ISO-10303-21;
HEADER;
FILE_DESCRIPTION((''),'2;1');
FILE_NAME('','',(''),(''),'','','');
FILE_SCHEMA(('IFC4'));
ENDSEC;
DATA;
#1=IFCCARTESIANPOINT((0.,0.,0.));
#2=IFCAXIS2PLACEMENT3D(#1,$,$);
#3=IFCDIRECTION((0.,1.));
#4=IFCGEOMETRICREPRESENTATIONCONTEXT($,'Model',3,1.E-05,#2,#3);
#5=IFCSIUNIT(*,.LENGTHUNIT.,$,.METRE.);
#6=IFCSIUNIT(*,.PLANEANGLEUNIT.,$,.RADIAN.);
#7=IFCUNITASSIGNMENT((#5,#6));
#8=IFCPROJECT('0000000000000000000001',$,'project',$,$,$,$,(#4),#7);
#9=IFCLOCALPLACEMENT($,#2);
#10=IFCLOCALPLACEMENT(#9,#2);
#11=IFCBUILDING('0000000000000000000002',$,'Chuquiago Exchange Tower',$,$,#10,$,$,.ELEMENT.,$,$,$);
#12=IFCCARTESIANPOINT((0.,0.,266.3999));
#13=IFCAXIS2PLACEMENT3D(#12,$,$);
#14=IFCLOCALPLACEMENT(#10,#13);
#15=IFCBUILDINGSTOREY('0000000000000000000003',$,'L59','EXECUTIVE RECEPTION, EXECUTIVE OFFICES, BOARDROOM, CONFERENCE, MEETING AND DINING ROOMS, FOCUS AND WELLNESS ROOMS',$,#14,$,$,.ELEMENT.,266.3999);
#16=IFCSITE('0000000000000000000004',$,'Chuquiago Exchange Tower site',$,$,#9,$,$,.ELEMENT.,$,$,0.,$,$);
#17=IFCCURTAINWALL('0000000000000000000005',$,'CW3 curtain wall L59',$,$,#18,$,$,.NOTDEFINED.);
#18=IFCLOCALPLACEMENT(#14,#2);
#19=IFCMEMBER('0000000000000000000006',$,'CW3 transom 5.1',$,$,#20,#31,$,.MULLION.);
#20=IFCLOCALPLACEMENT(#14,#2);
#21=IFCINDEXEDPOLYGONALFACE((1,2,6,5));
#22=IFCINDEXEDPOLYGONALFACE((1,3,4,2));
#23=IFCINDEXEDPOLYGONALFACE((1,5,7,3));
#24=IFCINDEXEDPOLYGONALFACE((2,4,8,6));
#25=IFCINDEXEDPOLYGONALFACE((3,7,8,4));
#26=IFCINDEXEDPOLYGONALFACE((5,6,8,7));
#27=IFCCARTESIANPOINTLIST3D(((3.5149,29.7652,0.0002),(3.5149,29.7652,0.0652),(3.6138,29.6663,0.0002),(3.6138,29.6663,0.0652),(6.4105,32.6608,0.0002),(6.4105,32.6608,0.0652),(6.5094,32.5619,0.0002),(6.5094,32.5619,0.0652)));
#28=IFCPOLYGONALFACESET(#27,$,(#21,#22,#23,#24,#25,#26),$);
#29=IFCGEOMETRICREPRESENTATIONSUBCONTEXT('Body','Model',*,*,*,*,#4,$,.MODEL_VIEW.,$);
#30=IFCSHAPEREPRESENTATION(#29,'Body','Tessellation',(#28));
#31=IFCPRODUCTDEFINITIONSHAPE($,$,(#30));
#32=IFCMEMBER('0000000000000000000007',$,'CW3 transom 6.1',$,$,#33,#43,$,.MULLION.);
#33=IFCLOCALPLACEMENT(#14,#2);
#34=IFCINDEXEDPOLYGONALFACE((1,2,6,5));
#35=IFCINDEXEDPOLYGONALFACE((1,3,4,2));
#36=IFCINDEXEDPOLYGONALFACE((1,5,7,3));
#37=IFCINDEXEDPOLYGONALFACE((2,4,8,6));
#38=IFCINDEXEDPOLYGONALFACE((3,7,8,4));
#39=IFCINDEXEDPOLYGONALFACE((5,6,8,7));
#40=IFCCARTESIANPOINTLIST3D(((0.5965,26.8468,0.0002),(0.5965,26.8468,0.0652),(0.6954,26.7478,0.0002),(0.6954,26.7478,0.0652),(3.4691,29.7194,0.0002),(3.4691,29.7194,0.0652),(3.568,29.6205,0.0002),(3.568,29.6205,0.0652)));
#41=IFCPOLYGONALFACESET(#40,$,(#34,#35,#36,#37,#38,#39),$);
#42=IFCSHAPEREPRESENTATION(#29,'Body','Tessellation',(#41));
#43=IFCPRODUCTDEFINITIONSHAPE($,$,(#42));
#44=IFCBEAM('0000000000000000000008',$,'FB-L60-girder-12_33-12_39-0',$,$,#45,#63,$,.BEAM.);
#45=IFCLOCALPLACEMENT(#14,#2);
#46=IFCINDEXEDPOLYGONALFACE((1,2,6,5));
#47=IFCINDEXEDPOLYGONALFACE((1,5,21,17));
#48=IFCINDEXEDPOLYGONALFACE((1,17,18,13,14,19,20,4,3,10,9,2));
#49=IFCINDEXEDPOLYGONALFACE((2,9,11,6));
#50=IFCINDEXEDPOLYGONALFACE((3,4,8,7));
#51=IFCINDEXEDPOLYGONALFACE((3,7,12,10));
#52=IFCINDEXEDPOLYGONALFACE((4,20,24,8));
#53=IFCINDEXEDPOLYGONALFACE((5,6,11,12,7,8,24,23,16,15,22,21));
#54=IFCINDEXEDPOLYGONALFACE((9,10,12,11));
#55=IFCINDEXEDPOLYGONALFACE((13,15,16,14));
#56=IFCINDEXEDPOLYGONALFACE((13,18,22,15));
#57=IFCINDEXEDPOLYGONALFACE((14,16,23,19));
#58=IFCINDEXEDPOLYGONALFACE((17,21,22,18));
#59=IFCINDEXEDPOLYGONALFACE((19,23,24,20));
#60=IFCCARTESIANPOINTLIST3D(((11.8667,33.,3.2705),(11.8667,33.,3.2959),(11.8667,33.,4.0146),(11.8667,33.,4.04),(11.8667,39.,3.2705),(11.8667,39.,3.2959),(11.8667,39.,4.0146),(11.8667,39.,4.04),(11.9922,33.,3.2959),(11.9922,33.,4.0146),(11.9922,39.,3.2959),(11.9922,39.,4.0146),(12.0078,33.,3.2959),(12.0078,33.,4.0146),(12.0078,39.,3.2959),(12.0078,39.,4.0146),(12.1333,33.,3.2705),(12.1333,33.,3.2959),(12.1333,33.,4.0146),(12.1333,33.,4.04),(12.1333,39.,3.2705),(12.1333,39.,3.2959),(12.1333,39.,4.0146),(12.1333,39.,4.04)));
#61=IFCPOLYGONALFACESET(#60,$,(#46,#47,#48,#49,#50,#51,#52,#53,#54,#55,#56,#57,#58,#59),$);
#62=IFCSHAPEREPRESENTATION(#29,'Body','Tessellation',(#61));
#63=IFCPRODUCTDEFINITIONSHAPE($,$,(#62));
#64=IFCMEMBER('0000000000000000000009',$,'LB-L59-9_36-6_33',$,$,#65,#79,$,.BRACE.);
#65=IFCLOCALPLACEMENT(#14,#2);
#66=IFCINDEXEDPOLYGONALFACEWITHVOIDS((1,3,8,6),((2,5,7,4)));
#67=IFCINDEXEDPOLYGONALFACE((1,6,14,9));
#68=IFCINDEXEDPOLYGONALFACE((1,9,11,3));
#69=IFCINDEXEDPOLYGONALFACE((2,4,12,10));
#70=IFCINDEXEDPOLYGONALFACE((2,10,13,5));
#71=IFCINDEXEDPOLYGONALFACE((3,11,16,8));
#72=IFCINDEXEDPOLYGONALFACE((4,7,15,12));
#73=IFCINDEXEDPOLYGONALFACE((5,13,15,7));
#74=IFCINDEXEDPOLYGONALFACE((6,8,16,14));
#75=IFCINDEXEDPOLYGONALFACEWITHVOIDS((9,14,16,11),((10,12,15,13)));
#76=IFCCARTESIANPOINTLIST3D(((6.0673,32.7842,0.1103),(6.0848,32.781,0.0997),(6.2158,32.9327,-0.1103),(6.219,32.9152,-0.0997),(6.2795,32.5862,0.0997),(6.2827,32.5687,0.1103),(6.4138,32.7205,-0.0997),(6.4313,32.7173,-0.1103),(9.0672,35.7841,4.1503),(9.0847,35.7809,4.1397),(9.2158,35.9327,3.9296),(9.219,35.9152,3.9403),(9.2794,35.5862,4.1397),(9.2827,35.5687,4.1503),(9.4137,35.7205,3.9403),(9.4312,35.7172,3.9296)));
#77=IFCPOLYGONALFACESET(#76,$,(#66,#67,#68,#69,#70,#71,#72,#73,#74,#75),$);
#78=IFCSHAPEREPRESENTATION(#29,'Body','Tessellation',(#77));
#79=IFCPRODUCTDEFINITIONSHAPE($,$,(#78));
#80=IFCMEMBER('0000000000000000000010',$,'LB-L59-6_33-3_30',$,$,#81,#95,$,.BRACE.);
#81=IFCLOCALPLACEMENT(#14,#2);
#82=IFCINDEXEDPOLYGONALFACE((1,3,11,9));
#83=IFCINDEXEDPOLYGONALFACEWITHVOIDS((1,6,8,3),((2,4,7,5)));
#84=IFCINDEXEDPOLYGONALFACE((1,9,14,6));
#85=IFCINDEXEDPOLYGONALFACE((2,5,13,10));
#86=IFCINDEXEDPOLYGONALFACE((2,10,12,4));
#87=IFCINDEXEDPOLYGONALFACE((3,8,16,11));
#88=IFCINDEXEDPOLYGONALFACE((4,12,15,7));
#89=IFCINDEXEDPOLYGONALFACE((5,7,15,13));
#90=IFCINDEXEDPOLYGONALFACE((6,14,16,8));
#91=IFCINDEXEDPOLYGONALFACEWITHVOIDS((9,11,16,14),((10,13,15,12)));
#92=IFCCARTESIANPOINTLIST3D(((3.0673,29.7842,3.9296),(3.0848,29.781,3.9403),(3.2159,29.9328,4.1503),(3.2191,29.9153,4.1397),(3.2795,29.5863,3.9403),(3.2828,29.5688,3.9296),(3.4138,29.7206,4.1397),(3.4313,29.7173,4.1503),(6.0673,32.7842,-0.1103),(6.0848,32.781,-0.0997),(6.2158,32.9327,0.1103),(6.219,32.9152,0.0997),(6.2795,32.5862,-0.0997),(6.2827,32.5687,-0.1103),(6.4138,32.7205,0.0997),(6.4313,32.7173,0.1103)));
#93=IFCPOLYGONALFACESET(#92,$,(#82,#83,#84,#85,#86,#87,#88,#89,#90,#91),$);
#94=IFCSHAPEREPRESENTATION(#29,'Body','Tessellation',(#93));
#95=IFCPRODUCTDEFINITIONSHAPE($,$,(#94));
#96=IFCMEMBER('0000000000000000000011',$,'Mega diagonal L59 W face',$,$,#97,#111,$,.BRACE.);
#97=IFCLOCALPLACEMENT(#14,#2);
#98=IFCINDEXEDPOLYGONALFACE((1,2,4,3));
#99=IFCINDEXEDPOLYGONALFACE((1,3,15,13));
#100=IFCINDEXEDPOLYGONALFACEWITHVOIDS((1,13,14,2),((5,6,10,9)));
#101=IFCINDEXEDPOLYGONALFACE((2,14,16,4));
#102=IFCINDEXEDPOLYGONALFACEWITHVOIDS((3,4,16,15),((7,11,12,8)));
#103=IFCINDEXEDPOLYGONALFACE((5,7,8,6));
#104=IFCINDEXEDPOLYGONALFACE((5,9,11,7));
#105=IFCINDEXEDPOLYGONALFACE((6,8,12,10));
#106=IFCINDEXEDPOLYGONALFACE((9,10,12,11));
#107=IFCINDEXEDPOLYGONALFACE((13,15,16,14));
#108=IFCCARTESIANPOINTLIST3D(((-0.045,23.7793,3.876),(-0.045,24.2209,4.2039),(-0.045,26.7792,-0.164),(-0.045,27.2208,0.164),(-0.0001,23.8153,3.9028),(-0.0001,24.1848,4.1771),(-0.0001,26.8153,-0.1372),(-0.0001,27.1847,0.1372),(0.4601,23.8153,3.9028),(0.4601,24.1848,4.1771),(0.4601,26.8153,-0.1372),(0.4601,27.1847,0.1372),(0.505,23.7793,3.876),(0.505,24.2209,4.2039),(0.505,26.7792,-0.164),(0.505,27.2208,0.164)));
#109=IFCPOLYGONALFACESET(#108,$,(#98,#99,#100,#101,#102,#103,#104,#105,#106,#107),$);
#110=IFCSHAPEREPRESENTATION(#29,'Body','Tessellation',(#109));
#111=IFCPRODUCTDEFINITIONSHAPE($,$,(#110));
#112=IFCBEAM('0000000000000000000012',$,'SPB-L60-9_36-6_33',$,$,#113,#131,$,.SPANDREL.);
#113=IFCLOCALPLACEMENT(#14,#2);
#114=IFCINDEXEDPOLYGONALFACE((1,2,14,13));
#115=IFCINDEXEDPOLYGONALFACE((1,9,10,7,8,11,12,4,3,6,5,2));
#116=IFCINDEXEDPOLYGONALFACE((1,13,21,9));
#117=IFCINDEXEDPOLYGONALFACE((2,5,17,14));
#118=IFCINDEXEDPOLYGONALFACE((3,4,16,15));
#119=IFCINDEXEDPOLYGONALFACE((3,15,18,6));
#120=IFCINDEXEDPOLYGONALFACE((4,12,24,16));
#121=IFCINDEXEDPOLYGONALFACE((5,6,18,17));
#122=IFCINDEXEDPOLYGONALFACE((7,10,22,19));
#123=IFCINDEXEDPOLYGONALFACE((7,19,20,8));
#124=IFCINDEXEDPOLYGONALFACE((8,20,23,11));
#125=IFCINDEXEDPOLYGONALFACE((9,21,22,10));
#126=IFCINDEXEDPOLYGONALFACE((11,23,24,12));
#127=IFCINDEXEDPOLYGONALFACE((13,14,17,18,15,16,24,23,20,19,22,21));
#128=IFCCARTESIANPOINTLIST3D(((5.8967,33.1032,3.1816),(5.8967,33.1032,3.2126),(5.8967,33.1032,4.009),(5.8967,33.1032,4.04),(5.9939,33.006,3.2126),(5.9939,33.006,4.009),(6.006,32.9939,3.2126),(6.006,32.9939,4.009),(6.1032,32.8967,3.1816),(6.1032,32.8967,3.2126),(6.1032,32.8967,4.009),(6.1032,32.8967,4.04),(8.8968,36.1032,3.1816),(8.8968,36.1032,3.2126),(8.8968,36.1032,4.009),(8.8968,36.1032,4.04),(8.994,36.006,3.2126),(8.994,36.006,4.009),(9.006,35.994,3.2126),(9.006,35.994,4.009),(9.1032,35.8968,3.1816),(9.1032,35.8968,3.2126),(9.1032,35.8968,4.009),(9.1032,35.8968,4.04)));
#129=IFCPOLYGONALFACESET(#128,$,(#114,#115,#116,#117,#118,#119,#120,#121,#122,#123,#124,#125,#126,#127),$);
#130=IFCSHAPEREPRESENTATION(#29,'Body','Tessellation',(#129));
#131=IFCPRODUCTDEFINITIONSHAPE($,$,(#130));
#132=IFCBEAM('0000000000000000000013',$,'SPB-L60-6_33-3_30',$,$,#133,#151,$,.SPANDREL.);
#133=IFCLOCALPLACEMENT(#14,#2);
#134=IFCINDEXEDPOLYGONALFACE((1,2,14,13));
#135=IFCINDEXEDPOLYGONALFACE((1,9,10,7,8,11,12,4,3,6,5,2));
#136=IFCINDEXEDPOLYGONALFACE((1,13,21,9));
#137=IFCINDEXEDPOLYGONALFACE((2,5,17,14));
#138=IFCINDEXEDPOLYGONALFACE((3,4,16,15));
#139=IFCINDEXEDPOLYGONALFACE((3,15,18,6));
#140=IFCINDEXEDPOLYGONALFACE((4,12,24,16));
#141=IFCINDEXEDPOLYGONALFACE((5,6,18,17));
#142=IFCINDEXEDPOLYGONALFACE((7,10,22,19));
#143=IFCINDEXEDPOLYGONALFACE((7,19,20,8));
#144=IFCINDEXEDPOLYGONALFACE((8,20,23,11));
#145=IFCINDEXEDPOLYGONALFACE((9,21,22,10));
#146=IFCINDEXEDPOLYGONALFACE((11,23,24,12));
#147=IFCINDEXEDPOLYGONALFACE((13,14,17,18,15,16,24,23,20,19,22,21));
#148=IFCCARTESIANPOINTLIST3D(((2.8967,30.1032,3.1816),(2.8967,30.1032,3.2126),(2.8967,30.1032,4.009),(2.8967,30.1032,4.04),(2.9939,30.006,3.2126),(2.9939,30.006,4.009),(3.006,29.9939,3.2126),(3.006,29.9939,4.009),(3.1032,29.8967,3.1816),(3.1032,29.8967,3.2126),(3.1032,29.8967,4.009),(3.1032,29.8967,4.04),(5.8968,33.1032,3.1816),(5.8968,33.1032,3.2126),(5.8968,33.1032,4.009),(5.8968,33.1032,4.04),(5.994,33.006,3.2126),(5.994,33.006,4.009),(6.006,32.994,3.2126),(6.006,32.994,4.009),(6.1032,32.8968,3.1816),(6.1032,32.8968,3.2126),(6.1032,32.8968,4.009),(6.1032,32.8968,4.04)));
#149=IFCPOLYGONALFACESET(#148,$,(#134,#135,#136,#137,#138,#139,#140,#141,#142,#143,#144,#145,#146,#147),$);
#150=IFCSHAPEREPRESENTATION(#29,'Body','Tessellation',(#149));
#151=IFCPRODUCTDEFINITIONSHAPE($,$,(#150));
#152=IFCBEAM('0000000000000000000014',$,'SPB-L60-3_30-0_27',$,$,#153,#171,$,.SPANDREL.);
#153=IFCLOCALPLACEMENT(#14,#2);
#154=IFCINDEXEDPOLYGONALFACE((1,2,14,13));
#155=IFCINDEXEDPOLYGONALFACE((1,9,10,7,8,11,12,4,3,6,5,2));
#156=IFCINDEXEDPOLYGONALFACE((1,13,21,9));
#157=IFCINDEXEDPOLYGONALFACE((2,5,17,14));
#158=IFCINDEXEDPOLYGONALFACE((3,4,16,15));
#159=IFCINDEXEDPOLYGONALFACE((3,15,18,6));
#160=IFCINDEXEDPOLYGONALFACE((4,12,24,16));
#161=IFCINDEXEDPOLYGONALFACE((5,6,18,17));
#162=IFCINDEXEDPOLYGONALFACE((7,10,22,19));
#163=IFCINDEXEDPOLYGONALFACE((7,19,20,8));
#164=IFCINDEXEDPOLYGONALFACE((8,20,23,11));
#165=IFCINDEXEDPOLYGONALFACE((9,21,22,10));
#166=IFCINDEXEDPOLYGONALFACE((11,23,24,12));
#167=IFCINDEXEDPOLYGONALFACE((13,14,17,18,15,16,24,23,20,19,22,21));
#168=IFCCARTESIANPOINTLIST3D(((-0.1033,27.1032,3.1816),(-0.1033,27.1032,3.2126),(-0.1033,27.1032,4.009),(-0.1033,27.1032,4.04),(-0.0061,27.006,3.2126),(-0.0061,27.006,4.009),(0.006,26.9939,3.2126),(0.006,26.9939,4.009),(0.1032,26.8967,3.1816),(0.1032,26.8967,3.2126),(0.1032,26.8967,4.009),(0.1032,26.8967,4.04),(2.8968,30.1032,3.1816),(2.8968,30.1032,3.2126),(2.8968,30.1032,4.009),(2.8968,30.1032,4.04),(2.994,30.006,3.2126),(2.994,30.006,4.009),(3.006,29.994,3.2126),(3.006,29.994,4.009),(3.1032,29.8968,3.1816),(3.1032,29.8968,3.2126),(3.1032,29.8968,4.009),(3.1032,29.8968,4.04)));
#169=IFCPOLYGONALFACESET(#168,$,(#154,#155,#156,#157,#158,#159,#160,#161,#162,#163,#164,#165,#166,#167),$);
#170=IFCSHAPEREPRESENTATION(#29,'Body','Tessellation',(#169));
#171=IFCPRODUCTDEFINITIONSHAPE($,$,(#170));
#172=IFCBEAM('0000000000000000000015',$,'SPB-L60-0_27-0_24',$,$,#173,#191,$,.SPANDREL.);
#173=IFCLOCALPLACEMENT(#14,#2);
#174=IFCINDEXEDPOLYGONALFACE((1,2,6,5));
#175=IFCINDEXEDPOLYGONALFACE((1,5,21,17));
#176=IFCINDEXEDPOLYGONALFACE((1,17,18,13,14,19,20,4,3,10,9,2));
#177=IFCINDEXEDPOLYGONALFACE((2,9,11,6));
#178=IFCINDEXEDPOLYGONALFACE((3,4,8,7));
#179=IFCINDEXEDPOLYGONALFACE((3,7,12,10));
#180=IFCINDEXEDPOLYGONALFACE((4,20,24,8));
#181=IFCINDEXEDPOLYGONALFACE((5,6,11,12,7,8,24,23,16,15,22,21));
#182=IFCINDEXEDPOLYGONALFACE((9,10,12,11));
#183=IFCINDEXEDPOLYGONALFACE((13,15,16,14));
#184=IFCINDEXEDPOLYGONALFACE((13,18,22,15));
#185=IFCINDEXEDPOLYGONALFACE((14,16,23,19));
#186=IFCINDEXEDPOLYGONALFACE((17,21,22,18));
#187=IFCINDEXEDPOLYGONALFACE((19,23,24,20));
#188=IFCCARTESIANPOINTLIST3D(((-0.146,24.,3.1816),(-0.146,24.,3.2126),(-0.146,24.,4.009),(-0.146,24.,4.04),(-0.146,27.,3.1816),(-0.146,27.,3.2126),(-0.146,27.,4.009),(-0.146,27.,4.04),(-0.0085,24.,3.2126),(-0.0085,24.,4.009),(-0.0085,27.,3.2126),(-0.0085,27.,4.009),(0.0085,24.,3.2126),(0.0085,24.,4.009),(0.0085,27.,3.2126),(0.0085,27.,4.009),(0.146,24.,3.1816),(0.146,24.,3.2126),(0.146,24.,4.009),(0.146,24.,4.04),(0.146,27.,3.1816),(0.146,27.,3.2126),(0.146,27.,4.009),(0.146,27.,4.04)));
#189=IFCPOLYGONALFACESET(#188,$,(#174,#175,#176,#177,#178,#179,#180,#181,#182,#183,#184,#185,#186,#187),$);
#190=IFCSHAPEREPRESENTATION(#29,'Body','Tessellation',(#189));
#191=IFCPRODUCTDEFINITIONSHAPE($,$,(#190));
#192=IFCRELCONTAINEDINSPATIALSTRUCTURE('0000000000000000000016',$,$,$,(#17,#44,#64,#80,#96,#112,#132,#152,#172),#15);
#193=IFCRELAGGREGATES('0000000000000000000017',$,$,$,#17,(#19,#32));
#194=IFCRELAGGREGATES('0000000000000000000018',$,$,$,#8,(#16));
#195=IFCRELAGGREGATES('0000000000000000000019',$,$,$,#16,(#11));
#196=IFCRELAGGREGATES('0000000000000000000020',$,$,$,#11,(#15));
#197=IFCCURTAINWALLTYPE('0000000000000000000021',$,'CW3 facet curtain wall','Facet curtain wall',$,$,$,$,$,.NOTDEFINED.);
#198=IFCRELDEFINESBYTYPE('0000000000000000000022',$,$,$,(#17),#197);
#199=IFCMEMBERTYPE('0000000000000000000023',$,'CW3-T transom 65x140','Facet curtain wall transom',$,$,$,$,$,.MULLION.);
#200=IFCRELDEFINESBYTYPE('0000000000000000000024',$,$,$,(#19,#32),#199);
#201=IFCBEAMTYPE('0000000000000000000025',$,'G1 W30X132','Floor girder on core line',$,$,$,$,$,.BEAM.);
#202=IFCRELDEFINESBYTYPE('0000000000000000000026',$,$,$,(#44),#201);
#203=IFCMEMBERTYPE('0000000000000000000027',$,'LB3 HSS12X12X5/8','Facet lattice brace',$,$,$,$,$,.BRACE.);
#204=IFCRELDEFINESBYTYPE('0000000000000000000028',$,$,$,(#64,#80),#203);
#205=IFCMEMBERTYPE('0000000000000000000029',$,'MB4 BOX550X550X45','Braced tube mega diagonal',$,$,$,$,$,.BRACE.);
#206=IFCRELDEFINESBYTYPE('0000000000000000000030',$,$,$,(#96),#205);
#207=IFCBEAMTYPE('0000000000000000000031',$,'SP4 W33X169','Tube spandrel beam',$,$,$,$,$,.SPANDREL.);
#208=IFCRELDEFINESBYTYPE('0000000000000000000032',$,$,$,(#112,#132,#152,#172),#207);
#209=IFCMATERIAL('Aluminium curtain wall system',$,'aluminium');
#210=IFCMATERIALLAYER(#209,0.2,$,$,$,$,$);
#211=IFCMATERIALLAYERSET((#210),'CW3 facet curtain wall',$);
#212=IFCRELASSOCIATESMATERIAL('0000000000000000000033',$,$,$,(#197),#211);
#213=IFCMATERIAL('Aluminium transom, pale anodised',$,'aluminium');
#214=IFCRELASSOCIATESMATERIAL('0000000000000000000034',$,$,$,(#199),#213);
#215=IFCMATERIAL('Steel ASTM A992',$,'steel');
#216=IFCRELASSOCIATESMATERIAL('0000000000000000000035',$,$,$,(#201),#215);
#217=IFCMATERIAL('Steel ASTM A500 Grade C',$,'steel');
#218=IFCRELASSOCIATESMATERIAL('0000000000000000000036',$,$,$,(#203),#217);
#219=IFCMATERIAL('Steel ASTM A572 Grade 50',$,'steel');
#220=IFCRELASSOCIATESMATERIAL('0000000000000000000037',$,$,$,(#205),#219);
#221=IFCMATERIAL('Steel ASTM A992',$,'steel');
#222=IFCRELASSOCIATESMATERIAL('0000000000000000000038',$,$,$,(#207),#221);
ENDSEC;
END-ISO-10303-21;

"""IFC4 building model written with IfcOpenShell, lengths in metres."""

from ifc_helpers import new_model, si_unit, direction, frame, origin, origin_2d, place, context, subcontext, project, spatial, rectangle, hollow_rectangle, i_section, extrude, material, layer, layer_set, material_profile, profile_set, type_object, element, aggregate, save


model = new_model("IFC4")

# Units and contexts
model_context = context("Model", 3, precision=1e-05, world=origin(), true_north=direction((0.0, 1.0)))
body_context = subcontext(model_context, "Body", "Model", "MODEL_VIEW")
ifc_project = project(units=[si_unit("LENGTHUNIT", "METRE"), si_unit("PLANEANGLEUNIT", "RADIAN")], contexts=[model_context])

# Site, building, storey
site_placement = place(None, origin())
site = spatial("IfcSite", under=ifc_project, at=site_placement, Name="Chuquiago Exchange Tower site", CompositionType="ELEMENT", RefElevation=0.0)
building_placement = place(site_placement, origin())
building = spatial("IfcBuilding", under=site, at=building_placement, Name="Chuquiago Exchange Tower", CompositionType="ELEMENT")
storey_placement = place(building_placement, frame((0.0, 0.0, 266.3999)))
storey = spatial("IfcBuildingStorey", under=building, at=storey_placement, Name="L59", Description="EXECUTIVE RECEPTION, EXECUTIVE OFFICES, BOARDROOM, CONFERENCE, MEETING AND DINING ROOMS, FOCUS AND WELLNESS ROOMS", CompositionType="ELEMENT", Elevation=266.3999)

# Curtain wall, members
ifc_material_1 = material(Name="Aluminium curtain wall system", Category="aluminium")
ifc_layer_1 = layer(ifc_material_1, 0.2)
ifc_layer_set_1 = layer_set([ifc_layer_1], Name="CW3 facet curtain wall")
curtain_wall_type = type_object("IfcCurtainWallType", Name="CW3 facet curtain wall", Description="Facet curtain wall", PredefinedType="NOTDEFINED", material=ifc_layer_set_1)
curtain_wall_placement = place(storey_placement, origin())
curtain_wall = element("IfcCurtainWall", 1, at=curtain_wall_placement, inside=storey, type_object=curtain_wall_type, Name="CW3 curtain wall L59", PredefinedType="NOTDEFINED")
ifc_material_2 = material(Name="Aluminium transom, pale anodised", Category="aluminium")
ifc_material_profile_1 = material_profile(ifc_material_2, rectangle(XDim=0.1399, YDim=0.0649, at=origin_2d()), Name="AL 140x65")
ifc_profile_set_1 = profile_set([ifc_material_profile_1], Name="Aluminium transom, pale anodised")
member_type_1 = type_object("IfcMemberType", Name="CW3-T transom 65x140", Description="Facet curtain wall transom", PredefinedType="MULLION", material=ifc_profile_set_1)
member_1_placement = place(storey_placement, frame((6.46, 32.6113, 0.0327), z_axis=(-0.707107, -0.707107, 0.0), x_axis=(0.707107, -0.707107, 0.0)))
member_1 = element("IfcMember", 2, at=member_1_placement, type_object=member_type_1, Name="CW3 transom 5.1", PredefinedType="MULLION", context=body_context, shape_type="SweptSolid", body=[
    extrude(rectangle(XDim=0.1399, YDim=0.0649, at=origin_2d()), origin(), (0.0, 0.0, 1.0), 4.095),
])
member_2_placement = place(storey_placement, frame((3.5186, 29.6699, 0.0327), z_axis=(-0.707107, -0.707107, 0.0), x_axis=(0.707107, -0.707107, 0.0)))
member_2 = element("IfcMember", 3, at=member_2_placement, type_object=member_type_1, Name="CW3 transom 6.1", PredefinedType="MULLION", context=body_context, shape_type="SweptSolid", body=[
    extrude(rectangle(XDim=0.1399, YDim=0.0649, at=origin_2d()), origin(), (0.0, 0.0, 1.0), 4.0625),
])

# Beam
ifc_material_3 = material(Name="Steel ASTM A992", Category="steel")
ifc_material_profile_2 = material_profile(ifc_material_3, i_section(OverallWidth=0.2666, OverallDepth=0.7695, WebThickness=0.0156, FlangeThickness=0.0254, at=origin_2d()), Name="W30X132")
ifc_profile_set_2 = profile_set([ifc_material_profile_2], Name="Steel ASTM A992")
beam_type_1 = type_object("IfcBeamType", Name="G1 W30X132", Description="Floor girder on core line", PredefinedType="BEAM", material=ifc_profile_set_2)
beam_1_placement = place(storey_placement, frame((12.0, 33.0, 3.6553), z_axis=(0.0, 1.0, 0.0), x_axis=(-1.0, 0.0, 0.0)))
element("IfcBeam", 4, at=beam_1_placement, inside=storey, type_object=beam_type_1, Name="FB-L60-girder-12_33-12_39-0", PredefinedType="BEAM", context=body_context, shape_type="SweptSolid", body=[
    extrude(i_section(OverallWidth=0.2666, OverallDepth=0.7695, WebThickness=0.0156, FlangeThickness=0.0254, at=origin_2d()), origin(), (0.0, 0.0, 1.0), 6.0),
])

# Members
ifc_material_4 = material(Name="Steel ASTM A500 Grade C", Category="steel")
ifc_material_profile_3 = material_profile(ifc_material_4, hollow_rectangle(XDim=0.3047, YDim=0.3047, WallThickness=0.0146, at=origin_2d()), Name="HSS12X12X5/8")
ifc_profile_set_3 = profile_set([ifc_material_profile_3], Name="Steel ASTM A500 Grade C")
member_type_2 = type_object("IfcMemberType", Name="LB3 HSS12X12X5/8", Description="Facet lattice brace", PredefinedType="BRACE", material=ifc_profile_set_3)
for number, where, z_axis, x_axis, name in (
    (5, (6.2493, 32.7507, 0.0), (0.512077, 0.512077, 0.689604), (-0.707107, 0.707107, 0.0), "LB-L59-9_36-6_33"),
    (6, (6.2493, 32.7507, 0.0), (-0.512077, -0.512077, 0.689604), (0.707107, -0.707107, 0.0), "LB-L59-6_33-3_30"),
):
    element("IfcMember", number, at=place(storey_placement, frame(where, z_axis=z_axis, x_axis=x_axis)), inside=storey, type_object=member_type_2, Name=name, PredefinedType="BRACE", context=body_context, shape_type="SweptSolid", body=[
        extrude(hollow_rectangle(XDim=0.3047, YDim=0.3047, WallThickness=0.0146, at=origin_2d()), origin(), (0.0, 0.0, 1.0), 5.8584),
    ])
ifc_material_5 = material(Name="Steel ASTM A572 Grade 50", Category="steel")
ifc_material_profile_4 = material_profile(ifc_material_5, hollow_rectangle(XDim=0.55, YDim=0.55, WallThickness=0.0449, at=origin_2d()), Name="BOX550X550X45")
ifc_profile_set_4 = profile_set([ifc_material_profile_4], Name="Steel ASTM A572 Grade 50")
member_type_3 = type_object("IfcMemberType", Name="MB4 BOX550X550X45", Description="Braced tube mega diagonal", PredefinedType="BRACE", material=ifc_profile_set_4)
member_3_placement = place(storey_placement, frame((0.23, 27.0, 0.0), z_axis=(0.0, -0.596174, 0.802855), x_axis=(1.0, 0.0, 0.0)))
element("IfcMember", 7, at=member_3_placement, inside=storey, type_object=member_type_3, Name="Mega diagonal L59 W face", PredefinedType="BRACE", context=body_context, shape_type="SweptSolid", body=[
    extrude(hollow_rectangle(XDim=0.55, YDim=0.55, WallThickness=0.0449, at=origin_2d()), origin(), (0.0, 0.0, 1.0), 5.032),
])

# Beams
ifc_material_6 = material(Name="Steel ASTM A992", Category="steel")
ifc_material_profile_5 = material_profile(ifc_material_6, i_section(OverallWidth=0.292, OverallDepth=0.8584, WebThickness=0.0171, FlangeThickness=0.031, at=origin_2d()), Name="W33X169")
ifc_profile_set_5 = profile_set([ifc_material_profile_5], Name="Steel ASTM A992")
beam_type_2 = type_object("IfcBeamType", Name="SP4 W33X169", Description="Tube spandrel beam", PredefinedType="SPANDREL", material=ifc_profile_set_5)
for number, where, z_axis, x_axis, name in (
    (8, (9.0, 36.0, 3.6108), (-0.707107, -0.707107, 0.0), (0.707107, -0.707107, 0.0), "SPB-L60-9_36-6_33"),
    (9, (6.0, 33.0, 3.6108), (-0.707107, -0.707107, 0.0), (0.707107, -0.707107, 0.0), "SPB-L60-6_33-3_30"),
    (10, (3.0, 30.0, 3.6108), (-0.707107, -0.707107, 0.0), (0.707107, -0.707107, 0.0), "SPB-L60-3_30-0_27"),
):
    element("IfcBeam", number, at=place(storey_placement, frame(where, z_axis=z_axis, x_axis=x_axis)), inside=storey, type_object=beam_type_2, Name=name, PredefinedType="SPANDREL", context=body_context, shape_type="SweptSolid", body=[
        extrude(i_section(OverallWidth=0.292, OverallDepth=0.8584, WebThickness=0.0171, FlangeThickness=0.031, at=origin_2d()), origin(), (0.0, 0.0, 1.0), 4.2427),
    ])
beam_2_placement = place(storey_placement, frame((0.0, 27.0, 3.6108), z_axis=(0.0, -1.0, 0.0), x_axis=(1.0, 0.0, 0.0)))
element("IfcBeam", 11, at=beam_2_placement, inside=storey, type_object=beam_type_2, Name="SPB-L60-0_27-0_24", PredefinedType="SPANDREL", context=body_context, shape_type="SweptSolid", body=[
    extrude(i_section(OverallWidth=0.292, OverallDepth=0.8584, WebThickness=0.0171, FlangeThickness=0.031, at=origin_2d()), origin(), (0.0, 0.0, 1.0), 3.0),
])

aggregate(curtain_wall, [member_1, member_2])

save(model, "model.ifc")
